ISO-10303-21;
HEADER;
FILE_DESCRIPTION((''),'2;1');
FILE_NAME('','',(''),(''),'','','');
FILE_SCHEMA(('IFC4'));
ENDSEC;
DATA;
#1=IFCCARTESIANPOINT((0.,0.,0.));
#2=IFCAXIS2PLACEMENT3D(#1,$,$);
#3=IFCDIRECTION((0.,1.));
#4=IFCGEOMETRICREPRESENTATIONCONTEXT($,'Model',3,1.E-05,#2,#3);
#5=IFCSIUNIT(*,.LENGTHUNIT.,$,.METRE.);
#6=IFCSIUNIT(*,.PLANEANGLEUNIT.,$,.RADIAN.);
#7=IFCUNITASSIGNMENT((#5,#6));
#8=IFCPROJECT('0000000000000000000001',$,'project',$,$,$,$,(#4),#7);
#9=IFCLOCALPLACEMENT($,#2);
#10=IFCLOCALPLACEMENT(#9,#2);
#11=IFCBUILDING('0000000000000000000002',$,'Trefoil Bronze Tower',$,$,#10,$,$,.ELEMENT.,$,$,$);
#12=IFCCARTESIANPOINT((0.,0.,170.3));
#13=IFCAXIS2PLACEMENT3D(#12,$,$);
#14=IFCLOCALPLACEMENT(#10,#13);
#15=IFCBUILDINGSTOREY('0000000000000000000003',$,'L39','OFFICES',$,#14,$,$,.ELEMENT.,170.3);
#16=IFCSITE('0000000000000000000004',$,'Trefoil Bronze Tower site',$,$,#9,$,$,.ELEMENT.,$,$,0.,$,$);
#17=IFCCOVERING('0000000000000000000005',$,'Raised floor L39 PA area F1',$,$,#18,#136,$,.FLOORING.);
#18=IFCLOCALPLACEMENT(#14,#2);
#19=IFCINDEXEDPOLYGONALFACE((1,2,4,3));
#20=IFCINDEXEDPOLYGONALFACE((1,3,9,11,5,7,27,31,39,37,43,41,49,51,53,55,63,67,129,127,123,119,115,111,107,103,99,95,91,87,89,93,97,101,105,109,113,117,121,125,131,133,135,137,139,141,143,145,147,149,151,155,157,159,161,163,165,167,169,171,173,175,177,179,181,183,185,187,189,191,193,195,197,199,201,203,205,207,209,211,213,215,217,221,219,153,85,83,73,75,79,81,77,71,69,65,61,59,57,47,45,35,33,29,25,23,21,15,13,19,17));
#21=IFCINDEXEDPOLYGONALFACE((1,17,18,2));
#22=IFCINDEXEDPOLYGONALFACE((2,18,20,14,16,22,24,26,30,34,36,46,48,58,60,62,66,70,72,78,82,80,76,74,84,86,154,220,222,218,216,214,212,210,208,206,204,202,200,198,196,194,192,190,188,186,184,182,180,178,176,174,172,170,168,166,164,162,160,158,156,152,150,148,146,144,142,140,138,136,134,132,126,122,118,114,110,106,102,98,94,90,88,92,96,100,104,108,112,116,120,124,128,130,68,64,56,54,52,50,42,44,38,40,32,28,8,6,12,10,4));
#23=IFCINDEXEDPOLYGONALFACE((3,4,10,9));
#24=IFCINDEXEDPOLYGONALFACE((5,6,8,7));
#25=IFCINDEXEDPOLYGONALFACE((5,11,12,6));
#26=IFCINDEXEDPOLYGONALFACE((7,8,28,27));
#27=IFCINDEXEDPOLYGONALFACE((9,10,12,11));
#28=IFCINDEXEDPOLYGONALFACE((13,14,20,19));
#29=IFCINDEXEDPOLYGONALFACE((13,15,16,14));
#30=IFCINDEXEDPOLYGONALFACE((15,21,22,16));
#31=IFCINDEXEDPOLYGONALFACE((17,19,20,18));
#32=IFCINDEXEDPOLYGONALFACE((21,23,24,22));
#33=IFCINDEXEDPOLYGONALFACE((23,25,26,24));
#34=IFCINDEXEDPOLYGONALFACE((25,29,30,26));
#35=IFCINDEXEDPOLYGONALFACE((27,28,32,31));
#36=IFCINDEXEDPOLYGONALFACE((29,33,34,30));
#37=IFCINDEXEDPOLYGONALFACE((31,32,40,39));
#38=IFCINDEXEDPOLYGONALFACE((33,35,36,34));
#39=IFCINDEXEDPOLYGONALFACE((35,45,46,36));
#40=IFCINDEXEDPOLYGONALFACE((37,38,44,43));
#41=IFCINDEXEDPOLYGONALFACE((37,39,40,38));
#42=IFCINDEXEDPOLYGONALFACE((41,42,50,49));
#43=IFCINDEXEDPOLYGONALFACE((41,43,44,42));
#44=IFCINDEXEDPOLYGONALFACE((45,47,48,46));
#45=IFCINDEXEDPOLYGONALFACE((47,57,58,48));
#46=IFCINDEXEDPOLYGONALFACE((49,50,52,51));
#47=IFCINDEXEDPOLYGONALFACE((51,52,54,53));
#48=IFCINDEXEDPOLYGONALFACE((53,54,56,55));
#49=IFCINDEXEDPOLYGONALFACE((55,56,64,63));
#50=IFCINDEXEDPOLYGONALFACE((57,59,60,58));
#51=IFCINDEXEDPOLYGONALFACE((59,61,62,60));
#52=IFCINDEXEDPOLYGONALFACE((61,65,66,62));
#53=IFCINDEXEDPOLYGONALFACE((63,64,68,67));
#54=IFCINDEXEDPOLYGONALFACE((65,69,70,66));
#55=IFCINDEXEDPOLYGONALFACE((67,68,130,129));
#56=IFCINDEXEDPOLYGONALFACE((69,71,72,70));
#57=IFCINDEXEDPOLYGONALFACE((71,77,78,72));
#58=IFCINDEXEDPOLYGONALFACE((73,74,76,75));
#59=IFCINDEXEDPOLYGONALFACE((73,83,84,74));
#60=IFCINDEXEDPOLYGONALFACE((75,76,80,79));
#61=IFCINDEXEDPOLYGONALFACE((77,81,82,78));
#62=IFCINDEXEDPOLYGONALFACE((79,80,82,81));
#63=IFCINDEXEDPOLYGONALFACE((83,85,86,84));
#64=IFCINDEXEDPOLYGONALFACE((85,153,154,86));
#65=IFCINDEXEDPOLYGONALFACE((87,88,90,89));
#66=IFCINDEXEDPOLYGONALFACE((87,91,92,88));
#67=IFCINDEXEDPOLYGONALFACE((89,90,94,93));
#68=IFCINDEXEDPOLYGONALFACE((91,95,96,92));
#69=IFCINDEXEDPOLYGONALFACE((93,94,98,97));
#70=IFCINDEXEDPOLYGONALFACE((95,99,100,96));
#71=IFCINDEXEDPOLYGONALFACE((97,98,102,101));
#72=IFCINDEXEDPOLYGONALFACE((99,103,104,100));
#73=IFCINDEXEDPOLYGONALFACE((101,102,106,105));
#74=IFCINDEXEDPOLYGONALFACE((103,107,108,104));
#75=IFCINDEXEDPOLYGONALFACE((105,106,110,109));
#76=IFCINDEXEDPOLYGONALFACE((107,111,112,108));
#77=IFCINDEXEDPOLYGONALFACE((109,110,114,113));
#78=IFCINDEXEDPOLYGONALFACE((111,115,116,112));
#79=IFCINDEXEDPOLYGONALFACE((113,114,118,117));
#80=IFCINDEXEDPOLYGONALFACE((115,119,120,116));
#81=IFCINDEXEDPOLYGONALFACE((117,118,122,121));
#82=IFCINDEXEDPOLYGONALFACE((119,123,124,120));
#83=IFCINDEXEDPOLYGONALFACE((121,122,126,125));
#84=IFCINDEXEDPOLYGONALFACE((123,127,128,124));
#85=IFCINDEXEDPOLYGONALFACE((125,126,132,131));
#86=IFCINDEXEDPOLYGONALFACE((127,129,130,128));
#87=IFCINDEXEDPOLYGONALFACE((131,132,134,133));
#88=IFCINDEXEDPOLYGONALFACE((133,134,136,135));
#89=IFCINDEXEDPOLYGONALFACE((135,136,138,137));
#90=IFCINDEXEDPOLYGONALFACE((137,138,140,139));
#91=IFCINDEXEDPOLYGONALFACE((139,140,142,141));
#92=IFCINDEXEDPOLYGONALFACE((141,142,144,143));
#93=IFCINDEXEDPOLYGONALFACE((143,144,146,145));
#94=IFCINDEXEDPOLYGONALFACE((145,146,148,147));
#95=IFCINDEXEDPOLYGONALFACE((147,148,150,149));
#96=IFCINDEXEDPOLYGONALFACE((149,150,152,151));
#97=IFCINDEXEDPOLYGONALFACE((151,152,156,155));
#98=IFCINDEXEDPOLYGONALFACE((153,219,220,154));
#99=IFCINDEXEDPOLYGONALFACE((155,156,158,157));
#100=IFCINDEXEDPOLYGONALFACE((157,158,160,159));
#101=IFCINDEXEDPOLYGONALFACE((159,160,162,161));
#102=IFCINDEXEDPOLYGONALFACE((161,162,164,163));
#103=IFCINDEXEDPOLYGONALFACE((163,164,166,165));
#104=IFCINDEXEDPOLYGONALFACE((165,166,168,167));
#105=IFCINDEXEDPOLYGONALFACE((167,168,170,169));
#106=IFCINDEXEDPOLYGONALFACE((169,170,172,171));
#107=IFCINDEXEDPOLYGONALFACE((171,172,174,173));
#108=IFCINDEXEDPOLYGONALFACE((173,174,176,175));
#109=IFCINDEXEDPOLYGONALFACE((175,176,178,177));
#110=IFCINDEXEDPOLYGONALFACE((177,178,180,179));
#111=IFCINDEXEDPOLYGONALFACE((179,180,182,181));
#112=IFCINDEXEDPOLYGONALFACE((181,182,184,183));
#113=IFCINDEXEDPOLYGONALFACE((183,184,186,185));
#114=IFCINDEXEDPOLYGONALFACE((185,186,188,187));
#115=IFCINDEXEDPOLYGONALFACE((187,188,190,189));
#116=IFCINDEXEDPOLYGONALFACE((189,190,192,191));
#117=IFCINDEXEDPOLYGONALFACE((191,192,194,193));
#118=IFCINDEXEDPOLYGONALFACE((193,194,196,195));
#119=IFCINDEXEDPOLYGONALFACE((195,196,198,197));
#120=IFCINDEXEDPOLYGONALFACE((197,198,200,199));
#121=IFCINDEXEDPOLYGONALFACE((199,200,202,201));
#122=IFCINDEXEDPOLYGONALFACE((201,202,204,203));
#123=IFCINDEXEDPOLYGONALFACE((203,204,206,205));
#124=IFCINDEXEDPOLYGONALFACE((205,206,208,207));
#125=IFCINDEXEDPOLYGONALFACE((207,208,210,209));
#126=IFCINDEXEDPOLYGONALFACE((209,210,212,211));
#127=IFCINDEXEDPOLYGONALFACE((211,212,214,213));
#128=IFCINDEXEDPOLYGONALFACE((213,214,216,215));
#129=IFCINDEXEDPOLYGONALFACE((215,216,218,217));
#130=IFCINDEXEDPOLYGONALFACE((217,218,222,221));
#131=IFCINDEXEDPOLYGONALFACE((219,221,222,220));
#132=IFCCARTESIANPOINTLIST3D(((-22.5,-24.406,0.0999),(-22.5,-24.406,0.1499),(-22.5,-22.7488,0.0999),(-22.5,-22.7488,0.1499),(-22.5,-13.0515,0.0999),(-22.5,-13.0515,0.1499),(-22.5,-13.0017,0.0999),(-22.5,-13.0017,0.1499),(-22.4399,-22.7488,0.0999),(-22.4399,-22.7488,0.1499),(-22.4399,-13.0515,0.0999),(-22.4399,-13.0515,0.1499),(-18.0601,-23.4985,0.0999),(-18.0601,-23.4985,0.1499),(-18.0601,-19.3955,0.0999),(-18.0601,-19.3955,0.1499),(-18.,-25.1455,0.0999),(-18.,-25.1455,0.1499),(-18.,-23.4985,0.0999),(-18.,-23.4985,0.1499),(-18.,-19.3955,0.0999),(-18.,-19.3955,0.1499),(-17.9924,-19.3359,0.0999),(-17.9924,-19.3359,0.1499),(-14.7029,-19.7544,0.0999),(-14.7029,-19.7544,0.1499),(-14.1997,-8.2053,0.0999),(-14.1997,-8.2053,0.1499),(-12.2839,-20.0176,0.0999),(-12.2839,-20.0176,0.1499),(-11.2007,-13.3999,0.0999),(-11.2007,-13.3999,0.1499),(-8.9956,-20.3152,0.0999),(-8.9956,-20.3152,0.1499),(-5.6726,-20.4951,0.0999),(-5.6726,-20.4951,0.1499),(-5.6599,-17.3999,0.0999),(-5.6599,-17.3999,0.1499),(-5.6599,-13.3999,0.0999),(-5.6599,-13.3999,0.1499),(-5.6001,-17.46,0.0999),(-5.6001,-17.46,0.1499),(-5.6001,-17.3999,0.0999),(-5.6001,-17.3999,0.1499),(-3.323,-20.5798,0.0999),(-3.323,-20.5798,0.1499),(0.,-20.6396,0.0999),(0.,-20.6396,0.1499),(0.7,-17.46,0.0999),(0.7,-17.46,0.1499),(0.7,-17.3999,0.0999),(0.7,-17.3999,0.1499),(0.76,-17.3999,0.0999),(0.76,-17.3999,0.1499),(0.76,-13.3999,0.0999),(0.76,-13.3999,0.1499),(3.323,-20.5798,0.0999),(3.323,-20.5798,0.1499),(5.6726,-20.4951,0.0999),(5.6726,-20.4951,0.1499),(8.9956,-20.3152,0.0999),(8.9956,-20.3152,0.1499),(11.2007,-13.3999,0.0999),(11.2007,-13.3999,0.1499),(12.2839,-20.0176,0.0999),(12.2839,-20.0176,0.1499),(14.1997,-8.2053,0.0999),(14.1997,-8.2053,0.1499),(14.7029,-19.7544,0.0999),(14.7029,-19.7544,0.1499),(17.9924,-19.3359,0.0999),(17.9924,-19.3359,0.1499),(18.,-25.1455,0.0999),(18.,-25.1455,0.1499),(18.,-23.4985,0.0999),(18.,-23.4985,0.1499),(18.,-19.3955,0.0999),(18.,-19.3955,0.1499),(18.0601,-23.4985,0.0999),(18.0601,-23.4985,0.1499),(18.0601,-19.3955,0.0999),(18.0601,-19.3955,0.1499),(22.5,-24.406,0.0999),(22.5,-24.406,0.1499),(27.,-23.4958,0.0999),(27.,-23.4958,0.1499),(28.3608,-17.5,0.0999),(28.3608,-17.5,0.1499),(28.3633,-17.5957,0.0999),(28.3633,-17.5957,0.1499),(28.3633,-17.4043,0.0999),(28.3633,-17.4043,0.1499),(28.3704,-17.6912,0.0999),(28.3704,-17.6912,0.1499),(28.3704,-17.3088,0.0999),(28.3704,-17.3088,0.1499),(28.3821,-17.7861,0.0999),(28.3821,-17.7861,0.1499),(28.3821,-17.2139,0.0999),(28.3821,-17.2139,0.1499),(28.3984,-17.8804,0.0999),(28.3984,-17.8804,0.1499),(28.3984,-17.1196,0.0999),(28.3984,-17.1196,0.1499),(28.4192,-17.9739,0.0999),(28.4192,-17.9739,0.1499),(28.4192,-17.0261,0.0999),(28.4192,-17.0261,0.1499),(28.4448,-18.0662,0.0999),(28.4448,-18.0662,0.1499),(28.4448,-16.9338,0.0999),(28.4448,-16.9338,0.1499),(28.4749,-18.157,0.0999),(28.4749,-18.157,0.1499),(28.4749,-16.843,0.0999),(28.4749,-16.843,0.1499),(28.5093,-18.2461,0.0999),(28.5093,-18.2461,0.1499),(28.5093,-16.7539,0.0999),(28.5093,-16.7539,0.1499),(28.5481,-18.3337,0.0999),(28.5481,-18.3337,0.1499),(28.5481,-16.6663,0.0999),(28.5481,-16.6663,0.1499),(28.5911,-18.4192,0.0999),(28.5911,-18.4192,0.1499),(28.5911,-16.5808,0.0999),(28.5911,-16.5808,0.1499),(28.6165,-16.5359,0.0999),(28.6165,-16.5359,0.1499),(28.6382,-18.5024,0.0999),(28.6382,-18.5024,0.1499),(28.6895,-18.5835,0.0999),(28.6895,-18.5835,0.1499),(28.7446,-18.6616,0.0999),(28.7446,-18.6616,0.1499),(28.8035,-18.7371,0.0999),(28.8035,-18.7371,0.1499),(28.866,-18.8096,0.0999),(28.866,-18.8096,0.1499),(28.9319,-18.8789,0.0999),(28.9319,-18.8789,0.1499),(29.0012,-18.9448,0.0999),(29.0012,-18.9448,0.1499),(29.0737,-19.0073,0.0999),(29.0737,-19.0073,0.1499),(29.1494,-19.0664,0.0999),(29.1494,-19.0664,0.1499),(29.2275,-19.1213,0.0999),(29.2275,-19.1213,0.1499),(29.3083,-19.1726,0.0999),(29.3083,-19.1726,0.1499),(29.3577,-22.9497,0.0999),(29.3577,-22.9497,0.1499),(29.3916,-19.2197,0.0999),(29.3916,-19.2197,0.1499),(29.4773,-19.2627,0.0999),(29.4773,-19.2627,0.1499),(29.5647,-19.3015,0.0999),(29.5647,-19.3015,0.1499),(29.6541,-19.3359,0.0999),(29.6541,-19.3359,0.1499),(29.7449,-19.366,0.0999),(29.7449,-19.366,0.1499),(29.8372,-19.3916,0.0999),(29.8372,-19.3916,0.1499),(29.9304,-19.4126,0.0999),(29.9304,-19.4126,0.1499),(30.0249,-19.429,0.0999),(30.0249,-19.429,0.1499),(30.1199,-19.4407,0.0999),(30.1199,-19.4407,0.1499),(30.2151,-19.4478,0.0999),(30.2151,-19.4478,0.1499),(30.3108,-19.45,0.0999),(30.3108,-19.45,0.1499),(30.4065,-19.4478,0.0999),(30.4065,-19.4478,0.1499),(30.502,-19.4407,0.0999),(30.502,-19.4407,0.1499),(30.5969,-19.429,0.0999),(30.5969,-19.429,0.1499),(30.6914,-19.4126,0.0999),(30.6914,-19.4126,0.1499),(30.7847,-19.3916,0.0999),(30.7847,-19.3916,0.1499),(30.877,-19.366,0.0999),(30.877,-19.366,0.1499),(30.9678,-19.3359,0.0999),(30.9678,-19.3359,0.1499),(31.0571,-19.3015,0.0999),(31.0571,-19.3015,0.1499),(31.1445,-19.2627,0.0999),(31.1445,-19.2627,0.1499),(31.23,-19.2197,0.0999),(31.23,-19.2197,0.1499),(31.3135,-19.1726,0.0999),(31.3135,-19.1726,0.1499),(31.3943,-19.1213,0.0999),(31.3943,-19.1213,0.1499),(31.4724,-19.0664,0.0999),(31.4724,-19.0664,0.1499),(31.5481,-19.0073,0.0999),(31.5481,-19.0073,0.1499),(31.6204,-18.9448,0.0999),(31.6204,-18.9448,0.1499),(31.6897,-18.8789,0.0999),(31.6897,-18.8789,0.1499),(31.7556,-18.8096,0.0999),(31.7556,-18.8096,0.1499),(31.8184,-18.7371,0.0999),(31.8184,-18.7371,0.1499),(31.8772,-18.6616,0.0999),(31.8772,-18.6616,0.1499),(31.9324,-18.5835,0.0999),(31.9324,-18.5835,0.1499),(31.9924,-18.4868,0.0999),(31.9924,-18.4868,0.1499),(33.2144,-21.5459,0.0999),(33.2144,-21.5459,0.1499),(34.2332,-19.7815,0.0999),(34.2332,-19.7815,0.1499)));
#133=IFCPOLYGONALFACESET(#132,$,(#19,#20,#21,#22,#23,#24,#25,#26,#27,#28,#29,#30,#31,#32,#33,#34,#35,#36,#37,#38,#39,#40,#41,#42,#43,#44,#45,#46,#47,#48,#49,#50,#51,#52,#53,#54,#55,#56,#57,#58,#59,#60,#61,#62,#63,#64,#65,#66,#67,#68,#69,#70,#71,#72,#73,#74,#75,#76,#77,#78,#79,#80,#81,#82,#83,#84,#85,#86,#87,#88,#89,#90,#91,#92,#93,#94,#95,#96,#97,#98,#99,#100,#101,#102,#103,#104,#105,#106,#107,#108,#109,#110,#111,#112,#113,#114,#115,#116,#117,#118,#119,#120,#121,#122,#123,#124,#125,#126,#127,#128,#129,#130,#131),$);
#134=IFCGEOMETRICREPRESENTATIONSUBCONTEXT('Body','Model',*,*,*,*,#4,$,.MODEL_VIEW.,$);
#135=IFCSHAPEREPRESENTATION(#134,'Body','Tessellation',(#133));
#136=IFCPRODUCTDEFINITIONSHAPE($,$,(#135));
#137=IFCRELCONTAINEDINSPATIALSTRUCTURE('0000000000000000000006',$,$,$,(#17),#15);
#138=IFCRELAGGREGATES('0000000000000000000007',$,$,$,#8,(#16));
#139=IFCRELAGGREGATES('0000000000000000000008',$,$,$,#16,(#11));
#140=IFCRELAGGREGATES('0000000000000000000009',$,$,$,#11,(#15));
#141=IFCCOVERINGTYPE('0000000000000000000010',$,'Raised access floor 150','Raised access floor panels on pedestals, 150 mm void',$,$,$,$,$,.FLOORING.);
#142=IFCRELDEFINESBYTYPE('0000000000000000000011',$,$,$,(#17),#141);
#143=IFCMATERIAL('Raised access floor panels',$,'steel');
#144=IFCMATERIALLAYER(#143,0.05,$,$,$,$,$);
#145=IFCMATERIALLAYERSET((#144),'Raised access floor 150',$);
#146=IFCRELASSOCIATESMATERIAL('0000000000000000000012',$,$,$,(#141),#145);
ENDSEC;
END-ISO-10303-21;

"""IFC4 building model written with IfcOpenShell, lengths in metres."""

from ifc_helpers import new_model, si_unit, direction, frame, origin, place, context, subcontext, project, spatial, polyline, outline, extrude, material, layer, layer_set, type_object, element, save


model = new_model("IFC4")

# Units and contexts
model_context = context("Model", 3, precision=1e-05, world=origin(), true_north=direction((0.0, 1.0)))
body_context = subcontext(model_context, "Body", "Model", "MODEL_VIEW")
ifc_project = project(units=[si_unit("LENGTHUNIT", "METRE"), si_unit("PLANEANGLEUNIT", "RADIAN")], contexts=[model_context])

# Site, building, storey
site_placement = place(None, origin())
site = spatial("IfcSite", under=ifc_project, at=site_placement, Name="Trefoil Bronze Tower site", CompositionType="ELEMENT", RefElevation=0.0)
building_placement = place(site_placement, origin())
building = spatial("IfcBuilding", under=site, at=building_placement, Name="Trefoil Bronze Tower", CompositionType="ELEMENT")
storey_placement = place(building_placement, frame((0.0, 0.0, 170.3)))
storey = spatial("IfcBuildingStorey", under=building, at=storey_placement, Name="L39", Description="OFFICES", CompositionType="ELEMENT", Elevation=170.3)

# Covering
ifc_material_1 = material(Name="Raised access floor panels", Category="steel")
ifc_layer_1 = layer(ifc_material_1, 0.05)
ifc_layer_set_1 = layer_set([ifc_layer_1], Name="Raised access floor 150")
covering_type_1 = type_object("IfcCoveringType", Name="Raised access floor 150", Description="Raised access floor panels on pedestals, 150 mm void", PredefinedType="FLOORING", material=ifc_layer_set_1)
covering_1_placement = place(storey_placement, frame((0.0, 0.0, 0.0999)))
element("IfcCovering", 1, at=covering_1_placement, inside=storey, type_object=covering_type_1, Name="Raised floor L39 PA area F1", PredefinedType="FLOORING", context=body_context, shape_type="SweptSolid", body=[
    extrude(outline(polyline([(-11.2007, -13.3999), (-5.6599, -13.3999), (-5.6599, -17.3999), (-5.6001, -17.3999), (-5.6001, -17.46), (0.7, -17.46), (0.7, -17.3999), (0.76, -17.3999), (0.76, -13.3999), (11.2007, -13.3999), (14.1997, -8.2053), (28.6165, -16.5359), (28.5911, -16.5808), (28.5481, -16.6663), (28.5093, -16.7539), (28.4749, -16.843), (28.4448, -16.9338), (28.4192, -17.0261), (28.3984, -17.1196), (28.3821, -17.2139), (28.3704, -17.3088), (28.3633, -17.4043), (28.3608, -17.5), (28.3633, -17.5957), (28.3704, -17.6912), (28.3821, -17.7861), (28.3984, -17.8804), (28.4192, -17.9739), (28.4448, -18.0662), (28.4749, -18.157), (28.5093, -18.2461), (28.5481, -18.3337), (28.5911, -18.4192), (28.6382, -18.5024), (28.6895, -18.5835), (28.7446, -18.6616), (28.8035, -18.7371), (28.866, -18.8096), (28.9319, -18.8789), (29.0012, -18.9448), (29.0737, -19.0073), (29.1494, -19.0664), (29.2275, -19.1213), (29.3083, -19.1726), (29.3916, -19.2197), (29.4773, -19.2627), (29.5647, -19.3015), (29.6541, -19.3359), (29.7449, -19.366), (29.8372, -19.3916), (29.9304, -19.4126), (30.0249, -19.429), (30.1199, -19.4407), (30.2151, -19.4478), (30.3108, -19.45), (30.4065, -19.4478), (30.502, -19.4407), (30.5969, -19.429), (30.6914, -19.4126), (30.7847, -19.3916), (30.877, -19.366), (30.9678, -19.3359), (31.0571, -19.3015), (31.1445, -19.2627), (31.23, -19.2197), (31.3135, -19.1726), (31.3943, -19.1213), (31.4724, -19.0664), (31.5481, -19.0073), (31.6204, -18.9448), (31.6897, -18.8789), (31.7556, -18.8096), (31.8184, -18.7371), (31.8772, -18.6616), (31.9324, -18.5835), (31.9924, -18.4868), (34.2332, -19.7815), (33.2144, -21.5459), (29.3577, -22.9497), (27.0, -23.4958), (22.5, -24.406), (18.0, -25.1455), (18.0, -23.4985), (18.0601, -23.4985), (18.0601, -19.3955), (18.0, -19.3955), (17.9924, -19.3359), (14.7029, -19.7544), (12.2839, -20.0176), (8.9956, -20.3152), (5.6726, -20.4951), (3.323, -20.5798), (0.0, -20.6396), (-3.323, -20.5798), (-5.6726, -20.4951), (-8.9956, -20.3152), (-12.2839, -20.0176), (-14.7029, -19.7544), (-17.9924, -19.3359), (-18.0, -19.3955), (-18.0601, -19.3955), (-18.0601, -23.4985), (-18.0, -23.4985), (-18.0, -25.1455), (-22.5, -24.406), (-22.5, -22.7488), (-22.4399, -22.7488), (-22.4399, -13.0515), (-22.5, -13.0515), (-22.5, -13.0017), (-14.1997, -8.2053), (-11.2007, -13.3999)])), origin(), (0.0, 0.0, 1.0), 0.05),
])

save(model, "model.ifc")
